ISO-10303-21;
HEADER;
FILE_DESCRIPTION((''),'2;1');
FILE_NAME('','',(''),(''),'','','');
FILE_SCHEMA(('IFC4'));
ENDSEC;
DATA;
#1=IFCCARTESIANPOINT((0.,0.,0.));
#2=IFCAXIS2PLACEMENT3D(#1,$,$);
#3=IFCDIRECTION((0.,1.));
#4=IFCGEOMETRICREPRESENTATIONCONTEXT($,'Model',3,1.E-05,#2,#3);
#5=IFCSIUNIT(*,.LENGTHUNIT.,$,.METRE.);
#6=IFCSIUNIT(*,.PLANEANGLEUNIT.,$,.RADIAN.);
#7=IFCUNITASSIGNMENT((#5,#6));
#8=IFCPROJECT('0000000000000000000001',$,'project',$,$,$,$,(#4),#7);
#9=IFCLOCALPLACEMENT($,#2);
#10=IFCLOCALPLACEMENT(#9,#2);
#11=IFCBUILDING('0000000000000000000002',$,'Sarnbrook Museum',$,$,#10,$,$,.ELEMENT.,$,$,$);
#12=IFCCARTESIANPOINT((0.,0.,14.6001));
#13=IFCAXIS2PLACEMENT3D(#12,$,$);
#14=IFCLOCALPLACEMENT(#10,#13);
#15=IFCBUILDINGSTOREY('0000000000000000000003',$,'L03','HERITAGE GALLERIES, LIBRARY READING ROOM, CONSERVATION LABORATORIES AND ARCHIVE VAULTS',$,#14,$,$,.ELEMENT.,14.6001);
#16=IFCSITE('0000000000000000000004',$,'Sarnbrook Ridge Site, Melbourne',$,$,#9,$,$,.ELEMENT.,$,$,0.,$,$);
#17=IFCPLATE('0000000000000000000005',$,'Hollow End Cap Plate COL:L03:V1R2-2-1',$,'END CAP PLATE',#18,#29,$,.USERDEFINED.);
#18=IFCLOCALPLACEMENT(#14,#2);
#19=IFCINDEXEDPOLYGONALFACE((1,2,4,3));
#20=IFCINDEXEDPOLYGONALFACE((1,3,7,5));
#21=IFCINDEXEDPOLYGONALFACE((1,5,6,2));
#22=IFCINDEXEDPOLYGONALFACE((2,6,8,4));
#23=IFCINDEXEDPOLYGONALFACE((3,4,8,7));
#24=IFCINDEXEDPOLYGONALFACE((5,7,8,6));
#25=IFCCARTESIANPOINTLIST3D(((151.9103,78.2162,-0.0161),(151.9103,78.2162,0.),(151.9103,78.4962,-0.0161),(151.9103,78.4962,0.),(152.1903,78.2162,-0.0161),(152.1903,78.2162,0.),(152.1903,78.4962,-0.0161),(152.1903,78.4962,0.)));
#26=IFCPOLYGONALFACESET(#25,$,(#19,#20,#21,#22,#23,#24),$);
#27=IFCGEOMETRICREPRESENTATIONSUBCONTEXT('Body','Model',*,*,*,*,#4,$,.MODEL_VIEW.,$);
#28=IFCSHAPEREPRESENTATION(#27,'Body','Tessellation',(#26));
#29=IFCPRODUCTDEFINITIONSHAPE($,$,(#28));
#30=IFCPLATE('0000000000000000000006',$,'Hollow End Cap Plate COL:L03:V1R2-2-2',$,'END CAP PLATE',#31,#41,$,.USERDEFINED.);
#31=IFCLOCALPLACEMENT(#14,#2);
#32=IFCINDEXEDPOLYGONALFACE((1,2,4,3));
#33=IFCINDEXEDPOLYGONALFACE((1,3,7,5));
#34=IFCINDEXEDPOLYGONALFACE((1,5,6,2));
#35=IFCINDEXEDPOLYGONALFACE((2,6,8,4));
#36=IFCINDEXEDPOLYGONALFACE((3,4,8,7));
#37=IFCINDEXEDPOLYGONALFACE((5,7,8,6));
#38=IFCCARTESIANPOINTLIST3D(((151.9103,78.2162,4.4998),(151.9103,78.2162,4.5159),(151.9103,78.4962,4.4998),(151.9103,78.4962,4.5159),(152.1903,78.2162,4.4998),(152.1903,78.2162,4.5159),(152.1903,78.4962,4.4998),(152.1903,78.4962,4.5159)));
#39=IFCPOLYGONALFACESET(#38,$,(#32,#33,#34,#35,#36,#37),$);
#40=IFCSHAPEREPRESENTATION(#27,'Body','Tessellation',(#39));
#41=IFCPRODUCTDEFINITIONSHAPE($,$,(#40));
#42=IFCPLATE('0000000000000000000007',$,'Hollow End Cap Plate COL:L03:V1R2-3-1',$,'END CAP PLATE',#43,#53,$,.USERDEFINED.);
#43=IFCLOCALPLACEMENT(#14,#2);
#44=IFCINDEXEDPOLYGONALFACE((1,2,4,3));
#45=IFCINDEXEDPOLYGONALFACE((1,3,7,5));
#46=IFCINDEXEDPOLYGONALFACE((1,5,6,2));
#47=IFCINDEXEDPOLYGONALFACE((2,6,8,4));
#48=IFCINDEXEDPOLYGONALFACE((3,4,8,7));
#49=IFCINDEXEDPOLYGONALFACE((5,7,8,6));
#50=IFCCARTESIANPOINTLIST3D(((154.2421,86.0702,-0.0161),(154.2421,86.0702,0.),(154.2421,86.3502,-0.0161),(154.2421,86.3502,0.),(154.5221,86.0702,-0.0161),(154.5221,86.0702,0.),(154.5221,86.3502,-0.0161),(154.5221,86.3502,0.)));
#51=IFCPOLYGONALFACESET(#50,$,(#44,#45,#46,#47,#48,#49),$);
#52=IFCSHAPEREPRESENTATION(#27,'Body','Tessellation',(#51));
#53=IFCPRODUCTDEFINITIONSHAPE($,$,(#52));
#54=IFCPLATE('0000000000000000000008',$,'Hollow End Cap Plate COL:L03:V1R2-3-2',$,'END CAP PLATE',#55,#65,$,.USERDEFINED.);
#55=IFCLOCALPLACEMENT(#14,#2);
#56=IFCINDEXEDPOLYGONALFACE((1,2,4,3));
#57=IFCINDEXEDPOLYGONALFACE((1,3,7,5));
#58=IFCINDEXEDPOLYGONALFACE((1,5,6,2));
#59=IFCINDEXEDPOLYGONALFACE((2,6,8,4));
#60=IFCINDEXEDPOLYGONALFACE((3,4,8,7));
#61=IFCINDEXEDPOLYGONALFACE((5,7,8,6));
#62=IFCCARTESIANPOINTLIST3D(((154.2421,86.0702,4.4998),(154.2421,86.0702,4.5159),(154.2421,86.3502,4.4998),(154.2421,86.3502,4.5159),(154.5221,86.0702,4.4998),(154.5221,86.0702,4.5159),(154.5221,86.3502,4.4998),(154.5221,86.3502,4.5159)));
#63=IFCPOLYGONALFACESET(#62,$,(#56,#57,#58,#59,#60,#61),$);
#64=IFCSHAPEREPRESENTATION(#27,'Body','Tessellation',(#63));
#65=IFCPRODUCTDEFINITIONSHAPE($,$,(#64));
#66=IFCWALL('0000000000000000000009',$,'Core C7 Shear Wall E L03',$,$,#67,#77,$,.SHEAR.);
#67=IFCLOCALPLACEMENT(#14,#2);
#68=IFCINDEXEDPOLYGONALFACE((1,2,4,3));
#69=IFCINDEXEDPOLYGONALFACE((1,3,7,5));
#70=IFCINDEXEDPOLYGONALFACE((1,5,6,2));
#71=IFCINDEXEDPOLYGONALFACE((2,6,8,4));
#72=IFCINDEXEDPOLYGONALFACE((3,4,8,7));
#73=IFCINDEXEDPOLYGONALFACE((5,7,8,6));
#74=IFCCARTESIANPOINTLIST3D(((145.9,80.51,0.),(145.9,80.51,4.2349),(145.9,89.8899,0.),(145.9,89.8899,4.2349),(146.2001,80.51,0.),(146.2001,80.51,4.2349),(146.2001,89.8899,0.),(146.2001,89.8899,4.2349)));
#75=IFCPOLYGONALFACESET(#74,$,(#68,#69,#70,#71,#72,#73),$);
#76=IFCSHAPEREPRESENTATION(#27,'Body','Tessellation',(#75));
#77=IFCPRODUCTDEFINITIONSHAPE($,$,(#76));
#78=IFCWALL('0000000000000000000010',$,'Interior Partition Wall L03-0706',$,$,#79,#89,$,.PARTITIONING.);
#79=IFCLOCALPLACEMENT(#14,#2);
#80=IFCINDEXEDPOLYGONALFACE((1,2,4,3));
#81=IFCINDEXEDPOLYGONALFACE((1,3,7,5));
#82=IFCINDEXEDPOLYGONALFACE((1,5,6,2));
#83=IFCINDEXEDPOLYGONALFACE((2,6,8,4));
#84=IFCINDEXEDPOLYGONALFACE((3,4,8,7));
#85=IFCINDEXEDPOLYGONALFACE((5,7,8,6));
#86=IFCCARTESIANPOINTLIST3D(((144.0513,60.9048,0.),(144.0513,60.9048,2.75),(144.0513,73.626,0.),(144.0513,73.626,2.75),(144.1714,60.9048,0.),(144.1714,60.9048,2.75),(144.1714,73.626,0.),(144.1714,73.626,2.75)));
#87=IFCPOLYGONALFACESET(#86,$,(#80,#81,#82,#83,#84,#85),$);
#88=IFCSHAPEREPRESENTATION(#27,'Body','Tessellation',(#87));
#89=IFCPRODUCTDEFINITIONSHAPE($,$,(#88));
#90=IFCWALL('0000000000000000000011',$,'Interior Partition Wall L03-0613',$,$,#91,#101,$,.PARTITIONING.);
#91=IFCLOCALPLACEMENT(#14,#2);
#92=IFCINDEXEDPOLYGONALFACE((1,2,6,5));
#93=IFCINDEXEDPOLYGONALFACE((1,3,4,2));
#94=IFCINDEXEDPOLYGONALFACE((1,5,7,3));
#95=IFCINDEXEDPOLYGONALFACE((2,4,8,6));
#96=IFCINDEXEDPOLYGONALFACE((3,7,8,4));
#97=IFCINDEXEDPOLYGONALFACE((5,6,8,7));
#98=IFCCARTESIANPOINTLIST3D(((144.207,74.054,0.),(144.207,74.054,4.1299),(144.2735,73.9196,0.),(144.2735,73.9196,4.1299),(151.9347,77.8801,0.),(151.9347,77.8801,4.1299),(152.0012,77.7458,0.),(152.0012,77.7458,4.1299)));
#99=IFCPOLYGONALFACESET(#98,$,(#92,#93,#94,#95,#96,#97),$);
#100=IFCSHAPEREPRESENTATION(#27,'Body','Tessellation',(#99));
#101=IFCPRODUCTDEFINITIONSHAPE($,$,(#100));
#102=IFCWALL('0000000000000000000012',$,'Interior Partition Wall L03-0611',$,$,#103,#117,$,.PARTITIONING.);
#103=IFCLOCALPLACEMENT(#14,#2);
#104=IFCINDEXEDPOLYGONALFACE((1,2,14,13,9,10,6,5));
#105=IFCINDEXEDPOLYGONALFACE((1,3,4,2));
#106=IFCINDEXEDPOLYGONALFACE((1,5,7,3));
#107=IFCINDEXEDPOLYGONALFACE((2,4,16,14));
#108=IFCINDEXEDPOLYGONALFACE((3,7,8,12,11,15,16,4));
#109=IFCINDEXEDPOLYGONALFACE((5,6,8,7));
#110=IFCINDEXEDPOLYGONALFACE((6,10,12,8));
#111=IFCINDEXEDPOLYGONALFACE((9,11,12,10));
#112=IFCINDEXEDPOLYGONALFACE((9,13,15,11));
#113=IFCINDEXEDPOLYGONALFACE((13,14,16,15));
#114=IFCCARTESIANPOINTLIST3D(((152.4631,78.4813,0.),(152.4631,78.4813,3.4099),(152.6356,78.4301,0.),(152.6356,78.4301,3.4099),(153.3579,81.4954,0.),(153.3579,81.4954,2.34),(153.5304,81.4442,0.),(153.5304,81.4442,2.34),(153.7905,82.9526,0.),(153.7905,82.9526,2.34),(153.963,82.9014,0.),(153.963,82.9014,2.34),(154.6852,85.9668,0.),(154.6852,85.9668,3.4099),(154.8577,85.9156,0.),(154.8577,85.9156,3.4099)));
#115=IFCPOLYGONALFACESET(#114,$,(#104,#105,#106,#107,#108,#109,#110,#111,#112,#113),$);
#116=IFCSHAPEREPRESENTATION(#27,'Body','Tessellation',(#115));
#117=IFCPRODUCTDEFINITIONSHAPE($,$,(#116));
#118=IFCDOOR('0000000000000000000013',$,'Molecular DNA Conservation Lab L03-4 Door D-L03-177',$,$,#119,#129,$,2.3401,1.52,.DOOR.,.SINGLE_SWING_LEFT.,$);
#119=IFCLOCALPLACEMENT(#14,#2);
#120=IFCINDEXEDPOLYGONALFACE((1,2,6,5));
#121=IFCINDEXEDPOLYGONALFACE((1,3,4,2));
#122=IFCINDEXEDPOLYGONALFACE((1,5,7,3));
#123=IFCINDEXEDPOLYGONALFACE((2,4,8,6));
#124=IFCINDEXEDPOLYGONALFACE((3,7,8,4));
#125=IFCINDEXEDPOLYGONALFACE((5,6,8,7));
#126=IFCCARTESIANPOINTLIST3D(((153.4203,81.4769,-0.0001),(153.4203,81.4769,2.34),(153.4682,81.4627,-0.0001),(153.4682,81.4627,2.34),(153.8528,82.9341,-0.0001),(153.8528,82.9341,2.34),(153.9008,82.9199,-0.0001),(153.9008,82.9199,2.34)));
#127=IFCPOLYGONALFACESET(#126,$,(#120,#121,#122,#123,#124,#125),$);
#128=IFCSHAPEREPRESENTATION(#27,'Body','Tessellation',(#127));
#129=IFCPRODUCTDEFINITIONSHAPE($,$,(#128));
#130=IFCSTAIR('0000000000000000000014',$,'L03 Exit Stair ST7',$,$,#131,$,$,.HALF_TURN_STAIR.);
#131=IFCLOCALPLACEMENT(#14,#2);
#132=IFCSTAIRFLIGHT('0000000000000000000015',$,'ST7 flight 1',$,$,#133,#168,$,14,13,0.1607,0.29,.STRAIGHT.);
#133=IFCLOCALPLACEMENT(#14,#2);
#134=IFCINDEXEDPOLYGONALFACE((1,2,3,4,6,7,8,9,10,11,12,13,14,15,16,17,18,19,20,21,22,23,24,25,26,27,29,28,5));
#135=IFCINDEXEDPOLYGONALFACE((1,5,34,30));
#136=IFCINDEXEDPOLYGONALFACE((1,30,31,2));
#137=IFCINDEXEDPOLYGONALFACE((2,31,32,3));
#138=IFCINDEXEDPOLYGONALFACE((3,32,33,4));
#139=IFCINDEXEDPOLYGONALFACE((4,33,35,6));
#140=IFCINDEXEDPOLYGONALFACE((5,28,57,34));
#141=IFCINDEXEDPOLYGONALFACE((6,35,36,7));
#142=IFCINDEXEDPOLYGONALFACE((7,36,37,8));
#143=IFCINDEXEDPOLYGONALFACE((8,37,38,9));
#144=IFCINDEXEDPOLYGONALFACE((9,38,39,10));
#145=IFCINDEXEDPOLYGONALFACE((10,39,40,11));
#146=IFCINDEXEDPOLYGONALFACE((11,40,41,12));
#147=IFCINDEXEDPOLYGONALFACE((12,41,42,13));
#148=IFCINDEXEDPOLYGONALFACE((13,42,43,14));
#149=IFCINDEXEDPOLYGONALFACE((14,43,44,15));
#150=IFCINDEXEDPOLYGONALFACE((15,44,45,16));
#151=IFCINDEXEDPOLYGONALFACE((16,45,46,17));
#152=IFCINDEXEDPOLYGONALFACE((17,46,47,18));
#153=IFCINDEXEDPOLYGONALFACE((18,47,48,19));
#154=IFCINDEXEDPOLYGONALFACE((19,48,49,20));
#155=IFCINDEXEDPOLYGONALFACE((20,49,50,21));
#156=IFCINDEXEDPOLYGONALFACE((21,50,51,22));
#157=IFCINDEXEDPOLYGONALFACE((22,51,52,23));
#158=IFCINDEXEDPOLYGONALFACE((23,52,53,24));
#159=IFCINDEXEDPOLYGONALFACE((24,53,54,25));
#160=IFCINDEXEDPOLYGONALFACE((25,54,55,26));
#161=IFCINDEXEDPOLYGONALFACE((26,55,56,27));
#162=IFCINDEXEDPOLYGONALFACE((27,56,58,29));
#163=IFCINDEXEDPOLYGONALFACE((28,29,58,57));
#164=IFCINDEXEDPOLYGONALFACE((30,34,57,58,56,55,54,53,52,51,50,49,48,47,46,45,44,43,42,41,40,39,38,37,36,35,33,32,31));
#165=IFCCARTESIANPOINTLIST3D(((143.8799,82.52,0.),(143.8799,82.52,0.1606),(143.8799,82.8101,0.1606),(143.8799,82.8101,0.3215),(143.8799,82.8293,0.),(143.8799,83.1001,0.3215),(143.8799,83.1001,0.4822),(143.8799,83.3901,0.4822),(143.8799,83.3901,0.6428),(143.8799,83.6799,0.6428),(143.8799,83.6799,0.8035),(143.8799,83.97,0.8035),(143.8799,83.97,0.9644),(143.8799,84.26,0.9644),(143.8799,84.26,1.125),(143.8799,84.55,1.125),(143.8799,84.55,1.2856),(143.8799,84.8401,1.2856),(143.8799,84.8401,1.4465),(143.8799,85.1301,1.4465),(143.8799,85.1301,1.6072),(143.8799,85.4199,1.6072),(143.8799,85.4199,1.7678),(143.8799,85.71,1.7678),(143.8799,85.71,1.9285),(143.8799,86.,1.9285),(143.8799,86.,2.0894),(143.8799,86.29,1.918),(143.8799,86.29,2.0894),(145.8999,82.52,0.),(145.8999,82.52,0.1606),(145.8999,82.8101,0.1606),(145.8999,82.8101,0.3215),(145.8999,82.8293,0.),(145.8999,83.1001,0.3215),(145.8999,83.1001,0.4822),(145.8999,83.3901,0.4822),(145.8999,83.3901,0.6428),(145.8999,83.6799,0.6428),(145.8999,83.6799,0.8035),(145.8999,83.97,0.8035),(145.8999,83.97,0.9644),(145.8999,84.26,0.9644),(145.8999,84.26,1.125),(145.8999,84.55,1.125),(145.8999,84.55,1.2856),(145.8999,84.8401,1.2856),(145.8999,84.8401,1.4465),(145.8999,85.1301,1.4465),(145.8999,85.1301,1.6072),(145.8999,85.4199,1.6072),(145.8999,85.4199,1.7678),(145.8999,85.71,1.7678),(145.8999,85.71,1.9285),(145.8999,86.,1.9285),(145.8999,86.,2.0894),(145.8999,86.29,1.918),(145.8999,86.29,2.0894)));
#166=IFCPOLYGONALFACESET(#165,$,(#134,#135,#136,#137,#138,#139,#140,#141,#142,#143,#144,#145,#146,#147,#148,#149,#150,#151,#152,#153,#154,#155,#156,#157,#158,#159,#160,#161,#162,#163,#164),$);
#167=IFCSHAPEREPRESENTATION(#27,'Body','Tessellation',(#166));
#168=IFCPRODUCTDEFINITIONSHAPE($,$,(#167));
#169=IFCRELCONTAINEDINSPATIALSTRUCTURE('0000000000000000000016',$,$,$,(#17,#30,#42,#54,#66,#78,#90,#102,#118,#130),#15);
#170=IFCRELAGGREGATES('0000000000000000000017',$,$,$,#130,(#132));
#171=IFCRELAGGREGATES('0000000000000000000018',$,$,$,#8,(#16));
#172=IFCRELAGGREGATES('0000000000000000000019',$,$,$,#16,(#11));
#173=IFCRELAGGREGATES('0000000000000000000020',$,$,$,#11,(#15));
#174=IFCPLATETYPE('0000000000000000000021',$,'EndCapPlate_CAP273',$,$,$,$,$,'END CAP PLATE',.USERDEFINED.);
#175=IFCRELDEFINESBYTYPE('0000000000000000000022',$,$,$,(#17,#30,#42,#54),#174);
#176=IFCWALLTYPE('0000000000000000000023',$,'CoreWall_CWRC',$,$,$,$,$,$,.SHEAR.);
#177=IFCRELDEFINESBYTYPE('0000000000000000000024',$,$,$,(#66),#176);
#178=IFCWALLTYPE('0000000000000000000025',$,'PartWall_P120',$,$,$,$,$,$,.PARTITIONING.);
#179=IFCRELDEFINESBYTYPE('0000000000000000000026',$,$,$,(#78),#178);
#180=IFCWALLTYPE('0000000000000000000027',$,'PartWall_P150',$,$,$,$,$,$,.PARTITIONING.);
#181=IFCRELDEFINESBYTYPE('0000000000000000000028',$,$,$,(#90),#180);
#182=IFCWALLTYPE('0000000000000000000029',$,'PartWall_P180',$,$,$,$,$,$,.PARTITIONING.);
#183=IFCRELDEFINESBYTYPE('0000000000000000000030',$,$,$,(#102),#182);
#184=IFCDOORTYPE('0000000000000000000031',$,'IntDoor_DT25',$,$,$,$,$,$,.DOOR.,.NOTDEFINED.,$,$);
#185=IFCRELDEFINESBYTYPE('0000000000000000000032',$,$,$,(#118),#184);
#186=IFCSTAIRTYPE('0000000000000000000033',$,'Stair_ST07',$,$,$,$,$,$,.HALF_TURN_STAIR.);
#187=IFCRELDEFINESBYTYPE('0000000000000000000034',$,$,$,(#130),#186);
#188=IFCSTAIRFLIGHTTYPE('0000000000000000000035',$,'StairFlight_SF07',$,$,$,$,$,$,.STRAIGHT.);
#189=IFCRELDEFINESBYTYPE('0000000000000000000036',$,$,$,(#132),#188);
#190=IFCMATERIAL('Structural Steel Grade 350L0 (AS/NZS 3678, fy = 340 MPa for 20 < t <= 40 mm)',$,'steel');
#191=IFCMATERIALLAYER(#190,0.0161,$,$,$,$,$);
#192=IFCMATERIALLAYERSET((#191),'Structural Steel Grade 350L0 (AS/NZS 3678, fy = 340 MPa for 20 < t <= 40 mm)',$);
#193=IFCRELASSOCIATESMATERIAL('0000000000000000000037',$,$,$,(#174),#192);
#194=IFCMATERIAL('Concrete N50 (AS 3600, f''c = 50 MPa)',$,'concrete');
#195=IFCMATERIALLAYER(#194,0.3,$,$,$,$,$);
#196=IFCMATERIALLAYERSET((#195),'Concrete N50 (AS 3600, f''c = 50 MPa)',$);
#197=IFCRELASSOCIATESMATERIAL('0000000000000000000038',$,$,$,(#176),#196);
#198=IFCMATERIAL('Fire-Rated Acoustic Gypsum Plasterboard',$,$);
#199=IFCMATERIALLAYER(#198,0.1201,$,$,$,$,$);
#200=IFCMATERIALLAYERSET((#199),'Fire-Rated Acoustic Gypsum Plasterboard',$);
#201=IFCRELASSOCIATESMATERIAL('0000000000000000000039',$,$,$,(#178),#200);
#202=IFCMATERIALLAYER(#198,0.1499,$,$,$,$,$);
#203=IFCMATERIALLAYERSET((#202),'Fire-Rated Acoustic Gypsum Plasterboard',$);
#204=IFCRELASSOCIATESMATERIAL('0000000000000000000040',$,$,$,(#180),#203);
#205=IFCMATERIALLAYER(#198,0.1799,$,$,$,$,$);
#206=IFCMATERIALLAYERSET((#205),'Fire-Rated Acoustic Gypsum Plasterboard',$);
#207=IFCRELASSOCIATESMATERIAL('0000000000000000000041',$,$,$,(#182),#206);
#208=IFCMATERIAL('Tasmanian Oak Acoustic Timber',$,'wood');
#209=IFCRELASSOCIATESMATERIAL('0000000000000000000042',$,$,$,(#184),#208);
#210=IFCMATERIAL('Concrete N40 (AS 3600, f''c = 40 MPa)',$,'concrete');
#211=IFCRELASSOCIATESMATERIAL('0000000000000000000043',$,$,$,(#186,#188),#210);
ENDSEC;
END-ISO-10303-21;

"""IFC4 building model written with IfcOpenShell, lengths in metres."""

from ifc_helpers import new_model, si_unit, direction, frame, frame_2d, origin, origin_2d, place, context, subcontext, project, spatial, polyline, rectangle, outline, extrude, material, layer, layer_set, type_object, element, fill, aggregate, save


model = new_model("IFC4")

# Units and contexts
model_context = context("Model", 3, precision=1e-05, world=origin(), true_north=direction((0.0, 1.0)))
body_context = subcontext(model_context, "Body", "Model", "MODEL_VIEW")
ifc_project = project(units=[si_unit("LENGTHUNIT", "METRE"), si_unit("PLANEANGLEUNIT", "RADIAN")], contexts=[model_context])

# Site, building, storey
site_placement = place(None, origin())
site = spatial("IfcSite", under=ifc_project, at=site_placement, Name="Sarnbrook Ridge Site, Melbourne", CompositionType="ELEMENT", RefElevation=0.0)
building_placement = place(site_placement, origin())
building = spatial("IfcBuilding", under=site, at=building_placement, Name="Sarnbrook Museum", CompositionType="ELEMENT")
storey_placement = place(building_placement, frame((0.0, 0.0, 14.6001)))
storey = spatial("IfcBuildingStorey", under=building, at=storey_placement, Name="L03", Description="HERITAGE GALLERIES, LIBRARY READING ROOM, CONSERVATION LABORATORIES AND ARCHIVE VAULTS", CompositionType="ELEMENT", Elevation=14.6001)

# Shared definitions
ifc_material_1 = material(Name="Structural Steel Grade 350L0 (AS/NZS 3678, fy = 340 MPa for 20 < t <= 40 mm)", Category="steel")

# Plates
ifc_layer_1 = layer(ifc_material_1, 0.0161)
ifc_layer_set_1 = layer_set([ifc_layer_1], Name="Structural Steel Grade 350L0 (AS/NZS 3678, fy = 340 MPa for 20 < t <= 40 mm)")
plate_type = type_object("IfcPlateType", Name="EndCapPlate_CAP273", ElementType="END CAP PLATE", PredefinedType="USERDEFINED", material=ifc_layer_set_1)
for number, where, z_axis, x_axis, name in (
    (1, (152.0503, 78.3562, -0.0161), (0.0, 0.0, 1.0), (1.0, 0.0, 0.0), "Hollow End Cap Plate COL:L03:V1R2-2-1"),
    (2, (152.0503, 78.3562, 4.4998), (0.0, 0.0, 1.0), (1.0, 0.0, 0.0), "Hollow End Cap Plate COL:L03:V1R2-2-2"),
    (3, (154.3821, 86.2102, -0.0161), (0.0, 0.0, 1.0), (1.0, 0.0, 0.0), "Hollow End Cap Plate COL:L03:V1R2-3-1"),
    (4, (154.3821, 86.2102, 4.4998), (0.0, 0.0, 1.0), (1.0, 0.0, 0.0), "Hollow End Cap Plate COL:L03:V1R2-3-2"),
):
    element("IfcPlate", number, at=place(storey_placement, frame(where, z_axis=z_axis, x_axis=x_axis)), inside=storey, type_object=plate_type, Name=name, ObjectType="END CAP PLATE", PredefinedType="USERDEFINED", context=body_context, shape_type="SweptSolid", body=[
        extrude(rectangle(XDim=0.28, YDim=0.28, at=origin_2d()), origin(), (0.0, 0.0, 1.0), 0.0161),
    ])

# Walls
ifc_material_2 = material(Name="Concrete N50 (AS 3600, f'c = 50 MPa)", Category="concrete")
ifc_layer_2 = layer(ifc_material_2, 0.3)
ifc_layer_set_2 = layer_set([ifc_layer_2], Name="Concrete N50 (AS 3600, f'c = 50 MPa)")
wall_type_1 = type_object("IfcWallType", Name="CoreWall_CWRC", PredefinedType="SHEAR", material=ifc_layer_set_2)
wall_1_placement = place(storey_placement, frame((146.05, 80.51, 0.0), z_axis=(0.0, 0.0, 1.0), x_axis=(0.0, 1.0, 0.0)))
element("IfcWall", 5, at=wall_1_placement, inside=storey, type_object=wall_type_1, Name="Core C7 Shear Wall E L03", PredefinedType="SHEAR", context=body_context, shape_type="SweptSolid", body=[
    extrude(rectangle(XDim=9.3799, YDim=0.3, at=frame_2d((4.6899, 0.0))), origin(), (0.0, 0.0, 1.0), 4.2349),
])
ifc_material_3 = material(Name="Fire-Rated Acoustic Gypsum Plasterboard")
ifc_layer_3 = layer(ifc_material_3, 0.1201)
ifc_layer_set_3 = layer_set([ifc_layer_3], Name="Fire-Rated Acoustic Gypsum Plasterboard")
wall_type_2 = type_object("IfcWallType", Name="PartWall_P120", PredefinedType="PARTITIONING", material=ifc_layer_set_3)
wall_2_placement = place(storey_placement, frame((144.1113, 73.626, 0.0), z_axis=(0.0, 0.0, 1.0), x_axis=(0.0, -1.0, 0.0)))
element("IfcWall", 6, at=wall_2_placement, inside=storey, type_object=wall_type_2, Name="Interior Partition Wall L03-0706", PredefinedType="PARTITIONING", context=body_context, shape_type="SweptSolid", body=[
    extrude(rectangle(XDim=12.7212, YDim=0.1201, at=frame_2d((6.3606, 0.0))), origin(), (0.0, 0.0, 1.0), 2.75),
])
ifc_layer_4 = layer(ifc_material_3, 0.1499)
ifc_layer_set_4 = layer_set([ifc_layer_4], Name="Fire-Rated Acoustic Gypsum Plasterboard")
wall_type_3 = type_object("IfcWallType", Name="PartWall_P150", PredefinedType="PARTITIONING", material=ifc_layer_set_4)
wall_3_placement = place(storey_placement, frame((144.2402, 73.9868, 0.0), z_axis=(0.0, 0.0, 1.0), x_axis=(0.89617, 0.443711, 0.0)))
element("IfcWall", 7, at=wall_3_placement, inside=storey, type_object=wall_type_3, Name="Interior Partition Wall L03-0613", PredefinedType="PARTITIONING", context=body_context, shape_type="SweptSolid", body=[
    extrude(rectangle(XDim=8.623, YDim=0.1499, at=frame_2d((4.3115, 0.0))), origin(), (0.0, 0.0, 1.0), 4.1299),
])

# Wall, opening, door
ifc_layer_5 = layer(ifc_material_3, 0.1799)
ifc_layer_set_5 = layer_set([ifc_layer_5], Name="Fire-Rated Acoustic Gypsum Plasterboard")
wall_type_4 = type_object("IfcWallType", Name="PartWall_P180", PredefinedType="PARTITIONING", material=ifc_layer_set_5)
wall_4_placement = place(storey_placement, frame((152.5493, 78.4556, 0.0), z_axis=(0.0, 0.0, 1.0), x_axis=(0.284584, 0.958651, 0.0)))
wall_4 = element("IfcWall", 8, at=wall_4_placement, inside=storey, type_object=wall_type_4, Name="Interior Partition Wall L03-0611", PredefinedType="PARTITIONING", context=body_context, shape_type="SweptSolid", body=[
    extrude(rectangle(XDim=7.8083, YDim=0.1799, at=frame_2d((3.9043, 0.0))), origin(), (0.0, 0.0, 1.0), 3.4099),
])
opening_placement = place(wall_4_placement, frame((3.1443, 0.0, 0.0)))
opening = element("IfcOpeningElement", 9, at=opening_placement, cuts=wall_4, PredefinedType="OPENING", context=body_context, shape_type="SweptSolid", body=[
    extrude(rectangle(XDim=1.52, YDim=2.3401, at=frame_2d((0.76, 1.1699))), frame((0.0, 0.1001, 0.0), z_axis=(0.0, -1.0, 0.0), x_axis=(1.0, 0.0, 0.0)), (0.0, 0.0, 1.0), 0.2),
])
ifc_material_4 = material(Name="Tasmanian Oak Acoustic Timber", Category="wood")
door_type = type_object("IfcDoorType", Name="IntDoor_DT25", OperationType="NOTDEFINED", PredefinedType="DOOR", material=ifc_material_4)
door_placement = place(opening_placement, origin())
door = element("IfcDoor", 10, at=door_placement, inside=storey, type_object=door_type, Name="Molecular DNA Conservation Lab L03-4 Door D-L03-177", OperationType="SINGLE_SWING_LEFT", OverallHeight=2.3401, OverallWidth=1.52, PredefinedType="DOOR", context=body_context, shape_type="SweptSolid", body=[
    extrude(rectangle(XDim=1.52, YDim=2.3401, at=frame_2d((0.76, 1.1699))), frame((0.0, 0.0249, 0.0), z_axis=(0.0, -1.0, 0.0), x_axis=(1.0, 0.0, 0.0)), (0.0, 0.0, 1.0), 0.05),
])
fill(opening, door)

# Stair, stair flight
ifc_material_5 = material(Name="Concrete N40 (AS 3600, f'c = 40 MPa)", Category="concrete")
stair_type = type_object("IfcStairType", Name="Stair_ST07", PredefinedType="HALF_TURN_STAIR", material=ifc_material_5)
stair_placement = place(storey_placement, origin())
stair = element("IfcStair", 11, at=stair_placement, inside=storey, type_object=stair_type, Name="L03 Exit Stair ST7", PredefinedType="HALF_TURN_STAIR")
stair_flight_type = type_object("IfcStairFlightType", Name="StairFlight_SF07", PredefinedType="STRAIGHT", material=ifc_material_5)
stair_flight_placement = place(storey_placement, frame((144.8899, 82.52, 0.0), z_axis=(0.0, 0.0, 1.0), x_axis=(0.0, 1.0, 0.0)))
stair_flight = element("IfcStairFlight", 12, at=stair_flight_placement, type_object=stair_flight_type, Name="ST7 flight 1", NumberOfRisers=14, NumberOfTreads=13, PredefinedType="STRAIGHT", RiserHeight=0.1607, TreadLength=0.29, context=body_context, shape_type="SweptSolid", body=[
    extrude(outline(polyline([(0.0, 0.0), (0.0, 0.1606), (0.29, 0.1606), (0.29, 0.3215), (0.5801, 0.3215), (0.5801, 0.4822), (0.8701, 0.4822), (0.8701, 0.6428), (1.1599, 0.6428), (1.1599, 0.8035), (1.45, 0.8035), (1.45, 0.9644), (1.74, 0.9644), (1.74, 1.125), (2.03, 1.125), (2.03, 1.2856), (2.3201, 1.2856), (2.3201, 1.4465), (2.6101, 1.4465), (2.6101, 1.6072), (2.8999, 1.6072), (2.8999, 1.7678), (3.1899, 1.7678), (3.1899, 1.9285), (3.48, 1.9285), (3.48, 2.0894), (3.77, 2.0894), (3.77, 2.25), (3.77, 1.918), (0.3093, 0.0), (0.0, 0.0)])), frame((0.0, 1.01, 0.0), z_axis=(0.0, -1.0, 0.0), x_axis=(1.0, 0.0, 0.0)), (0.0, 0.0, 1.0), 2.02),
])
aggregate(stair, [stair_flight])

save(model, "model.ifc")
